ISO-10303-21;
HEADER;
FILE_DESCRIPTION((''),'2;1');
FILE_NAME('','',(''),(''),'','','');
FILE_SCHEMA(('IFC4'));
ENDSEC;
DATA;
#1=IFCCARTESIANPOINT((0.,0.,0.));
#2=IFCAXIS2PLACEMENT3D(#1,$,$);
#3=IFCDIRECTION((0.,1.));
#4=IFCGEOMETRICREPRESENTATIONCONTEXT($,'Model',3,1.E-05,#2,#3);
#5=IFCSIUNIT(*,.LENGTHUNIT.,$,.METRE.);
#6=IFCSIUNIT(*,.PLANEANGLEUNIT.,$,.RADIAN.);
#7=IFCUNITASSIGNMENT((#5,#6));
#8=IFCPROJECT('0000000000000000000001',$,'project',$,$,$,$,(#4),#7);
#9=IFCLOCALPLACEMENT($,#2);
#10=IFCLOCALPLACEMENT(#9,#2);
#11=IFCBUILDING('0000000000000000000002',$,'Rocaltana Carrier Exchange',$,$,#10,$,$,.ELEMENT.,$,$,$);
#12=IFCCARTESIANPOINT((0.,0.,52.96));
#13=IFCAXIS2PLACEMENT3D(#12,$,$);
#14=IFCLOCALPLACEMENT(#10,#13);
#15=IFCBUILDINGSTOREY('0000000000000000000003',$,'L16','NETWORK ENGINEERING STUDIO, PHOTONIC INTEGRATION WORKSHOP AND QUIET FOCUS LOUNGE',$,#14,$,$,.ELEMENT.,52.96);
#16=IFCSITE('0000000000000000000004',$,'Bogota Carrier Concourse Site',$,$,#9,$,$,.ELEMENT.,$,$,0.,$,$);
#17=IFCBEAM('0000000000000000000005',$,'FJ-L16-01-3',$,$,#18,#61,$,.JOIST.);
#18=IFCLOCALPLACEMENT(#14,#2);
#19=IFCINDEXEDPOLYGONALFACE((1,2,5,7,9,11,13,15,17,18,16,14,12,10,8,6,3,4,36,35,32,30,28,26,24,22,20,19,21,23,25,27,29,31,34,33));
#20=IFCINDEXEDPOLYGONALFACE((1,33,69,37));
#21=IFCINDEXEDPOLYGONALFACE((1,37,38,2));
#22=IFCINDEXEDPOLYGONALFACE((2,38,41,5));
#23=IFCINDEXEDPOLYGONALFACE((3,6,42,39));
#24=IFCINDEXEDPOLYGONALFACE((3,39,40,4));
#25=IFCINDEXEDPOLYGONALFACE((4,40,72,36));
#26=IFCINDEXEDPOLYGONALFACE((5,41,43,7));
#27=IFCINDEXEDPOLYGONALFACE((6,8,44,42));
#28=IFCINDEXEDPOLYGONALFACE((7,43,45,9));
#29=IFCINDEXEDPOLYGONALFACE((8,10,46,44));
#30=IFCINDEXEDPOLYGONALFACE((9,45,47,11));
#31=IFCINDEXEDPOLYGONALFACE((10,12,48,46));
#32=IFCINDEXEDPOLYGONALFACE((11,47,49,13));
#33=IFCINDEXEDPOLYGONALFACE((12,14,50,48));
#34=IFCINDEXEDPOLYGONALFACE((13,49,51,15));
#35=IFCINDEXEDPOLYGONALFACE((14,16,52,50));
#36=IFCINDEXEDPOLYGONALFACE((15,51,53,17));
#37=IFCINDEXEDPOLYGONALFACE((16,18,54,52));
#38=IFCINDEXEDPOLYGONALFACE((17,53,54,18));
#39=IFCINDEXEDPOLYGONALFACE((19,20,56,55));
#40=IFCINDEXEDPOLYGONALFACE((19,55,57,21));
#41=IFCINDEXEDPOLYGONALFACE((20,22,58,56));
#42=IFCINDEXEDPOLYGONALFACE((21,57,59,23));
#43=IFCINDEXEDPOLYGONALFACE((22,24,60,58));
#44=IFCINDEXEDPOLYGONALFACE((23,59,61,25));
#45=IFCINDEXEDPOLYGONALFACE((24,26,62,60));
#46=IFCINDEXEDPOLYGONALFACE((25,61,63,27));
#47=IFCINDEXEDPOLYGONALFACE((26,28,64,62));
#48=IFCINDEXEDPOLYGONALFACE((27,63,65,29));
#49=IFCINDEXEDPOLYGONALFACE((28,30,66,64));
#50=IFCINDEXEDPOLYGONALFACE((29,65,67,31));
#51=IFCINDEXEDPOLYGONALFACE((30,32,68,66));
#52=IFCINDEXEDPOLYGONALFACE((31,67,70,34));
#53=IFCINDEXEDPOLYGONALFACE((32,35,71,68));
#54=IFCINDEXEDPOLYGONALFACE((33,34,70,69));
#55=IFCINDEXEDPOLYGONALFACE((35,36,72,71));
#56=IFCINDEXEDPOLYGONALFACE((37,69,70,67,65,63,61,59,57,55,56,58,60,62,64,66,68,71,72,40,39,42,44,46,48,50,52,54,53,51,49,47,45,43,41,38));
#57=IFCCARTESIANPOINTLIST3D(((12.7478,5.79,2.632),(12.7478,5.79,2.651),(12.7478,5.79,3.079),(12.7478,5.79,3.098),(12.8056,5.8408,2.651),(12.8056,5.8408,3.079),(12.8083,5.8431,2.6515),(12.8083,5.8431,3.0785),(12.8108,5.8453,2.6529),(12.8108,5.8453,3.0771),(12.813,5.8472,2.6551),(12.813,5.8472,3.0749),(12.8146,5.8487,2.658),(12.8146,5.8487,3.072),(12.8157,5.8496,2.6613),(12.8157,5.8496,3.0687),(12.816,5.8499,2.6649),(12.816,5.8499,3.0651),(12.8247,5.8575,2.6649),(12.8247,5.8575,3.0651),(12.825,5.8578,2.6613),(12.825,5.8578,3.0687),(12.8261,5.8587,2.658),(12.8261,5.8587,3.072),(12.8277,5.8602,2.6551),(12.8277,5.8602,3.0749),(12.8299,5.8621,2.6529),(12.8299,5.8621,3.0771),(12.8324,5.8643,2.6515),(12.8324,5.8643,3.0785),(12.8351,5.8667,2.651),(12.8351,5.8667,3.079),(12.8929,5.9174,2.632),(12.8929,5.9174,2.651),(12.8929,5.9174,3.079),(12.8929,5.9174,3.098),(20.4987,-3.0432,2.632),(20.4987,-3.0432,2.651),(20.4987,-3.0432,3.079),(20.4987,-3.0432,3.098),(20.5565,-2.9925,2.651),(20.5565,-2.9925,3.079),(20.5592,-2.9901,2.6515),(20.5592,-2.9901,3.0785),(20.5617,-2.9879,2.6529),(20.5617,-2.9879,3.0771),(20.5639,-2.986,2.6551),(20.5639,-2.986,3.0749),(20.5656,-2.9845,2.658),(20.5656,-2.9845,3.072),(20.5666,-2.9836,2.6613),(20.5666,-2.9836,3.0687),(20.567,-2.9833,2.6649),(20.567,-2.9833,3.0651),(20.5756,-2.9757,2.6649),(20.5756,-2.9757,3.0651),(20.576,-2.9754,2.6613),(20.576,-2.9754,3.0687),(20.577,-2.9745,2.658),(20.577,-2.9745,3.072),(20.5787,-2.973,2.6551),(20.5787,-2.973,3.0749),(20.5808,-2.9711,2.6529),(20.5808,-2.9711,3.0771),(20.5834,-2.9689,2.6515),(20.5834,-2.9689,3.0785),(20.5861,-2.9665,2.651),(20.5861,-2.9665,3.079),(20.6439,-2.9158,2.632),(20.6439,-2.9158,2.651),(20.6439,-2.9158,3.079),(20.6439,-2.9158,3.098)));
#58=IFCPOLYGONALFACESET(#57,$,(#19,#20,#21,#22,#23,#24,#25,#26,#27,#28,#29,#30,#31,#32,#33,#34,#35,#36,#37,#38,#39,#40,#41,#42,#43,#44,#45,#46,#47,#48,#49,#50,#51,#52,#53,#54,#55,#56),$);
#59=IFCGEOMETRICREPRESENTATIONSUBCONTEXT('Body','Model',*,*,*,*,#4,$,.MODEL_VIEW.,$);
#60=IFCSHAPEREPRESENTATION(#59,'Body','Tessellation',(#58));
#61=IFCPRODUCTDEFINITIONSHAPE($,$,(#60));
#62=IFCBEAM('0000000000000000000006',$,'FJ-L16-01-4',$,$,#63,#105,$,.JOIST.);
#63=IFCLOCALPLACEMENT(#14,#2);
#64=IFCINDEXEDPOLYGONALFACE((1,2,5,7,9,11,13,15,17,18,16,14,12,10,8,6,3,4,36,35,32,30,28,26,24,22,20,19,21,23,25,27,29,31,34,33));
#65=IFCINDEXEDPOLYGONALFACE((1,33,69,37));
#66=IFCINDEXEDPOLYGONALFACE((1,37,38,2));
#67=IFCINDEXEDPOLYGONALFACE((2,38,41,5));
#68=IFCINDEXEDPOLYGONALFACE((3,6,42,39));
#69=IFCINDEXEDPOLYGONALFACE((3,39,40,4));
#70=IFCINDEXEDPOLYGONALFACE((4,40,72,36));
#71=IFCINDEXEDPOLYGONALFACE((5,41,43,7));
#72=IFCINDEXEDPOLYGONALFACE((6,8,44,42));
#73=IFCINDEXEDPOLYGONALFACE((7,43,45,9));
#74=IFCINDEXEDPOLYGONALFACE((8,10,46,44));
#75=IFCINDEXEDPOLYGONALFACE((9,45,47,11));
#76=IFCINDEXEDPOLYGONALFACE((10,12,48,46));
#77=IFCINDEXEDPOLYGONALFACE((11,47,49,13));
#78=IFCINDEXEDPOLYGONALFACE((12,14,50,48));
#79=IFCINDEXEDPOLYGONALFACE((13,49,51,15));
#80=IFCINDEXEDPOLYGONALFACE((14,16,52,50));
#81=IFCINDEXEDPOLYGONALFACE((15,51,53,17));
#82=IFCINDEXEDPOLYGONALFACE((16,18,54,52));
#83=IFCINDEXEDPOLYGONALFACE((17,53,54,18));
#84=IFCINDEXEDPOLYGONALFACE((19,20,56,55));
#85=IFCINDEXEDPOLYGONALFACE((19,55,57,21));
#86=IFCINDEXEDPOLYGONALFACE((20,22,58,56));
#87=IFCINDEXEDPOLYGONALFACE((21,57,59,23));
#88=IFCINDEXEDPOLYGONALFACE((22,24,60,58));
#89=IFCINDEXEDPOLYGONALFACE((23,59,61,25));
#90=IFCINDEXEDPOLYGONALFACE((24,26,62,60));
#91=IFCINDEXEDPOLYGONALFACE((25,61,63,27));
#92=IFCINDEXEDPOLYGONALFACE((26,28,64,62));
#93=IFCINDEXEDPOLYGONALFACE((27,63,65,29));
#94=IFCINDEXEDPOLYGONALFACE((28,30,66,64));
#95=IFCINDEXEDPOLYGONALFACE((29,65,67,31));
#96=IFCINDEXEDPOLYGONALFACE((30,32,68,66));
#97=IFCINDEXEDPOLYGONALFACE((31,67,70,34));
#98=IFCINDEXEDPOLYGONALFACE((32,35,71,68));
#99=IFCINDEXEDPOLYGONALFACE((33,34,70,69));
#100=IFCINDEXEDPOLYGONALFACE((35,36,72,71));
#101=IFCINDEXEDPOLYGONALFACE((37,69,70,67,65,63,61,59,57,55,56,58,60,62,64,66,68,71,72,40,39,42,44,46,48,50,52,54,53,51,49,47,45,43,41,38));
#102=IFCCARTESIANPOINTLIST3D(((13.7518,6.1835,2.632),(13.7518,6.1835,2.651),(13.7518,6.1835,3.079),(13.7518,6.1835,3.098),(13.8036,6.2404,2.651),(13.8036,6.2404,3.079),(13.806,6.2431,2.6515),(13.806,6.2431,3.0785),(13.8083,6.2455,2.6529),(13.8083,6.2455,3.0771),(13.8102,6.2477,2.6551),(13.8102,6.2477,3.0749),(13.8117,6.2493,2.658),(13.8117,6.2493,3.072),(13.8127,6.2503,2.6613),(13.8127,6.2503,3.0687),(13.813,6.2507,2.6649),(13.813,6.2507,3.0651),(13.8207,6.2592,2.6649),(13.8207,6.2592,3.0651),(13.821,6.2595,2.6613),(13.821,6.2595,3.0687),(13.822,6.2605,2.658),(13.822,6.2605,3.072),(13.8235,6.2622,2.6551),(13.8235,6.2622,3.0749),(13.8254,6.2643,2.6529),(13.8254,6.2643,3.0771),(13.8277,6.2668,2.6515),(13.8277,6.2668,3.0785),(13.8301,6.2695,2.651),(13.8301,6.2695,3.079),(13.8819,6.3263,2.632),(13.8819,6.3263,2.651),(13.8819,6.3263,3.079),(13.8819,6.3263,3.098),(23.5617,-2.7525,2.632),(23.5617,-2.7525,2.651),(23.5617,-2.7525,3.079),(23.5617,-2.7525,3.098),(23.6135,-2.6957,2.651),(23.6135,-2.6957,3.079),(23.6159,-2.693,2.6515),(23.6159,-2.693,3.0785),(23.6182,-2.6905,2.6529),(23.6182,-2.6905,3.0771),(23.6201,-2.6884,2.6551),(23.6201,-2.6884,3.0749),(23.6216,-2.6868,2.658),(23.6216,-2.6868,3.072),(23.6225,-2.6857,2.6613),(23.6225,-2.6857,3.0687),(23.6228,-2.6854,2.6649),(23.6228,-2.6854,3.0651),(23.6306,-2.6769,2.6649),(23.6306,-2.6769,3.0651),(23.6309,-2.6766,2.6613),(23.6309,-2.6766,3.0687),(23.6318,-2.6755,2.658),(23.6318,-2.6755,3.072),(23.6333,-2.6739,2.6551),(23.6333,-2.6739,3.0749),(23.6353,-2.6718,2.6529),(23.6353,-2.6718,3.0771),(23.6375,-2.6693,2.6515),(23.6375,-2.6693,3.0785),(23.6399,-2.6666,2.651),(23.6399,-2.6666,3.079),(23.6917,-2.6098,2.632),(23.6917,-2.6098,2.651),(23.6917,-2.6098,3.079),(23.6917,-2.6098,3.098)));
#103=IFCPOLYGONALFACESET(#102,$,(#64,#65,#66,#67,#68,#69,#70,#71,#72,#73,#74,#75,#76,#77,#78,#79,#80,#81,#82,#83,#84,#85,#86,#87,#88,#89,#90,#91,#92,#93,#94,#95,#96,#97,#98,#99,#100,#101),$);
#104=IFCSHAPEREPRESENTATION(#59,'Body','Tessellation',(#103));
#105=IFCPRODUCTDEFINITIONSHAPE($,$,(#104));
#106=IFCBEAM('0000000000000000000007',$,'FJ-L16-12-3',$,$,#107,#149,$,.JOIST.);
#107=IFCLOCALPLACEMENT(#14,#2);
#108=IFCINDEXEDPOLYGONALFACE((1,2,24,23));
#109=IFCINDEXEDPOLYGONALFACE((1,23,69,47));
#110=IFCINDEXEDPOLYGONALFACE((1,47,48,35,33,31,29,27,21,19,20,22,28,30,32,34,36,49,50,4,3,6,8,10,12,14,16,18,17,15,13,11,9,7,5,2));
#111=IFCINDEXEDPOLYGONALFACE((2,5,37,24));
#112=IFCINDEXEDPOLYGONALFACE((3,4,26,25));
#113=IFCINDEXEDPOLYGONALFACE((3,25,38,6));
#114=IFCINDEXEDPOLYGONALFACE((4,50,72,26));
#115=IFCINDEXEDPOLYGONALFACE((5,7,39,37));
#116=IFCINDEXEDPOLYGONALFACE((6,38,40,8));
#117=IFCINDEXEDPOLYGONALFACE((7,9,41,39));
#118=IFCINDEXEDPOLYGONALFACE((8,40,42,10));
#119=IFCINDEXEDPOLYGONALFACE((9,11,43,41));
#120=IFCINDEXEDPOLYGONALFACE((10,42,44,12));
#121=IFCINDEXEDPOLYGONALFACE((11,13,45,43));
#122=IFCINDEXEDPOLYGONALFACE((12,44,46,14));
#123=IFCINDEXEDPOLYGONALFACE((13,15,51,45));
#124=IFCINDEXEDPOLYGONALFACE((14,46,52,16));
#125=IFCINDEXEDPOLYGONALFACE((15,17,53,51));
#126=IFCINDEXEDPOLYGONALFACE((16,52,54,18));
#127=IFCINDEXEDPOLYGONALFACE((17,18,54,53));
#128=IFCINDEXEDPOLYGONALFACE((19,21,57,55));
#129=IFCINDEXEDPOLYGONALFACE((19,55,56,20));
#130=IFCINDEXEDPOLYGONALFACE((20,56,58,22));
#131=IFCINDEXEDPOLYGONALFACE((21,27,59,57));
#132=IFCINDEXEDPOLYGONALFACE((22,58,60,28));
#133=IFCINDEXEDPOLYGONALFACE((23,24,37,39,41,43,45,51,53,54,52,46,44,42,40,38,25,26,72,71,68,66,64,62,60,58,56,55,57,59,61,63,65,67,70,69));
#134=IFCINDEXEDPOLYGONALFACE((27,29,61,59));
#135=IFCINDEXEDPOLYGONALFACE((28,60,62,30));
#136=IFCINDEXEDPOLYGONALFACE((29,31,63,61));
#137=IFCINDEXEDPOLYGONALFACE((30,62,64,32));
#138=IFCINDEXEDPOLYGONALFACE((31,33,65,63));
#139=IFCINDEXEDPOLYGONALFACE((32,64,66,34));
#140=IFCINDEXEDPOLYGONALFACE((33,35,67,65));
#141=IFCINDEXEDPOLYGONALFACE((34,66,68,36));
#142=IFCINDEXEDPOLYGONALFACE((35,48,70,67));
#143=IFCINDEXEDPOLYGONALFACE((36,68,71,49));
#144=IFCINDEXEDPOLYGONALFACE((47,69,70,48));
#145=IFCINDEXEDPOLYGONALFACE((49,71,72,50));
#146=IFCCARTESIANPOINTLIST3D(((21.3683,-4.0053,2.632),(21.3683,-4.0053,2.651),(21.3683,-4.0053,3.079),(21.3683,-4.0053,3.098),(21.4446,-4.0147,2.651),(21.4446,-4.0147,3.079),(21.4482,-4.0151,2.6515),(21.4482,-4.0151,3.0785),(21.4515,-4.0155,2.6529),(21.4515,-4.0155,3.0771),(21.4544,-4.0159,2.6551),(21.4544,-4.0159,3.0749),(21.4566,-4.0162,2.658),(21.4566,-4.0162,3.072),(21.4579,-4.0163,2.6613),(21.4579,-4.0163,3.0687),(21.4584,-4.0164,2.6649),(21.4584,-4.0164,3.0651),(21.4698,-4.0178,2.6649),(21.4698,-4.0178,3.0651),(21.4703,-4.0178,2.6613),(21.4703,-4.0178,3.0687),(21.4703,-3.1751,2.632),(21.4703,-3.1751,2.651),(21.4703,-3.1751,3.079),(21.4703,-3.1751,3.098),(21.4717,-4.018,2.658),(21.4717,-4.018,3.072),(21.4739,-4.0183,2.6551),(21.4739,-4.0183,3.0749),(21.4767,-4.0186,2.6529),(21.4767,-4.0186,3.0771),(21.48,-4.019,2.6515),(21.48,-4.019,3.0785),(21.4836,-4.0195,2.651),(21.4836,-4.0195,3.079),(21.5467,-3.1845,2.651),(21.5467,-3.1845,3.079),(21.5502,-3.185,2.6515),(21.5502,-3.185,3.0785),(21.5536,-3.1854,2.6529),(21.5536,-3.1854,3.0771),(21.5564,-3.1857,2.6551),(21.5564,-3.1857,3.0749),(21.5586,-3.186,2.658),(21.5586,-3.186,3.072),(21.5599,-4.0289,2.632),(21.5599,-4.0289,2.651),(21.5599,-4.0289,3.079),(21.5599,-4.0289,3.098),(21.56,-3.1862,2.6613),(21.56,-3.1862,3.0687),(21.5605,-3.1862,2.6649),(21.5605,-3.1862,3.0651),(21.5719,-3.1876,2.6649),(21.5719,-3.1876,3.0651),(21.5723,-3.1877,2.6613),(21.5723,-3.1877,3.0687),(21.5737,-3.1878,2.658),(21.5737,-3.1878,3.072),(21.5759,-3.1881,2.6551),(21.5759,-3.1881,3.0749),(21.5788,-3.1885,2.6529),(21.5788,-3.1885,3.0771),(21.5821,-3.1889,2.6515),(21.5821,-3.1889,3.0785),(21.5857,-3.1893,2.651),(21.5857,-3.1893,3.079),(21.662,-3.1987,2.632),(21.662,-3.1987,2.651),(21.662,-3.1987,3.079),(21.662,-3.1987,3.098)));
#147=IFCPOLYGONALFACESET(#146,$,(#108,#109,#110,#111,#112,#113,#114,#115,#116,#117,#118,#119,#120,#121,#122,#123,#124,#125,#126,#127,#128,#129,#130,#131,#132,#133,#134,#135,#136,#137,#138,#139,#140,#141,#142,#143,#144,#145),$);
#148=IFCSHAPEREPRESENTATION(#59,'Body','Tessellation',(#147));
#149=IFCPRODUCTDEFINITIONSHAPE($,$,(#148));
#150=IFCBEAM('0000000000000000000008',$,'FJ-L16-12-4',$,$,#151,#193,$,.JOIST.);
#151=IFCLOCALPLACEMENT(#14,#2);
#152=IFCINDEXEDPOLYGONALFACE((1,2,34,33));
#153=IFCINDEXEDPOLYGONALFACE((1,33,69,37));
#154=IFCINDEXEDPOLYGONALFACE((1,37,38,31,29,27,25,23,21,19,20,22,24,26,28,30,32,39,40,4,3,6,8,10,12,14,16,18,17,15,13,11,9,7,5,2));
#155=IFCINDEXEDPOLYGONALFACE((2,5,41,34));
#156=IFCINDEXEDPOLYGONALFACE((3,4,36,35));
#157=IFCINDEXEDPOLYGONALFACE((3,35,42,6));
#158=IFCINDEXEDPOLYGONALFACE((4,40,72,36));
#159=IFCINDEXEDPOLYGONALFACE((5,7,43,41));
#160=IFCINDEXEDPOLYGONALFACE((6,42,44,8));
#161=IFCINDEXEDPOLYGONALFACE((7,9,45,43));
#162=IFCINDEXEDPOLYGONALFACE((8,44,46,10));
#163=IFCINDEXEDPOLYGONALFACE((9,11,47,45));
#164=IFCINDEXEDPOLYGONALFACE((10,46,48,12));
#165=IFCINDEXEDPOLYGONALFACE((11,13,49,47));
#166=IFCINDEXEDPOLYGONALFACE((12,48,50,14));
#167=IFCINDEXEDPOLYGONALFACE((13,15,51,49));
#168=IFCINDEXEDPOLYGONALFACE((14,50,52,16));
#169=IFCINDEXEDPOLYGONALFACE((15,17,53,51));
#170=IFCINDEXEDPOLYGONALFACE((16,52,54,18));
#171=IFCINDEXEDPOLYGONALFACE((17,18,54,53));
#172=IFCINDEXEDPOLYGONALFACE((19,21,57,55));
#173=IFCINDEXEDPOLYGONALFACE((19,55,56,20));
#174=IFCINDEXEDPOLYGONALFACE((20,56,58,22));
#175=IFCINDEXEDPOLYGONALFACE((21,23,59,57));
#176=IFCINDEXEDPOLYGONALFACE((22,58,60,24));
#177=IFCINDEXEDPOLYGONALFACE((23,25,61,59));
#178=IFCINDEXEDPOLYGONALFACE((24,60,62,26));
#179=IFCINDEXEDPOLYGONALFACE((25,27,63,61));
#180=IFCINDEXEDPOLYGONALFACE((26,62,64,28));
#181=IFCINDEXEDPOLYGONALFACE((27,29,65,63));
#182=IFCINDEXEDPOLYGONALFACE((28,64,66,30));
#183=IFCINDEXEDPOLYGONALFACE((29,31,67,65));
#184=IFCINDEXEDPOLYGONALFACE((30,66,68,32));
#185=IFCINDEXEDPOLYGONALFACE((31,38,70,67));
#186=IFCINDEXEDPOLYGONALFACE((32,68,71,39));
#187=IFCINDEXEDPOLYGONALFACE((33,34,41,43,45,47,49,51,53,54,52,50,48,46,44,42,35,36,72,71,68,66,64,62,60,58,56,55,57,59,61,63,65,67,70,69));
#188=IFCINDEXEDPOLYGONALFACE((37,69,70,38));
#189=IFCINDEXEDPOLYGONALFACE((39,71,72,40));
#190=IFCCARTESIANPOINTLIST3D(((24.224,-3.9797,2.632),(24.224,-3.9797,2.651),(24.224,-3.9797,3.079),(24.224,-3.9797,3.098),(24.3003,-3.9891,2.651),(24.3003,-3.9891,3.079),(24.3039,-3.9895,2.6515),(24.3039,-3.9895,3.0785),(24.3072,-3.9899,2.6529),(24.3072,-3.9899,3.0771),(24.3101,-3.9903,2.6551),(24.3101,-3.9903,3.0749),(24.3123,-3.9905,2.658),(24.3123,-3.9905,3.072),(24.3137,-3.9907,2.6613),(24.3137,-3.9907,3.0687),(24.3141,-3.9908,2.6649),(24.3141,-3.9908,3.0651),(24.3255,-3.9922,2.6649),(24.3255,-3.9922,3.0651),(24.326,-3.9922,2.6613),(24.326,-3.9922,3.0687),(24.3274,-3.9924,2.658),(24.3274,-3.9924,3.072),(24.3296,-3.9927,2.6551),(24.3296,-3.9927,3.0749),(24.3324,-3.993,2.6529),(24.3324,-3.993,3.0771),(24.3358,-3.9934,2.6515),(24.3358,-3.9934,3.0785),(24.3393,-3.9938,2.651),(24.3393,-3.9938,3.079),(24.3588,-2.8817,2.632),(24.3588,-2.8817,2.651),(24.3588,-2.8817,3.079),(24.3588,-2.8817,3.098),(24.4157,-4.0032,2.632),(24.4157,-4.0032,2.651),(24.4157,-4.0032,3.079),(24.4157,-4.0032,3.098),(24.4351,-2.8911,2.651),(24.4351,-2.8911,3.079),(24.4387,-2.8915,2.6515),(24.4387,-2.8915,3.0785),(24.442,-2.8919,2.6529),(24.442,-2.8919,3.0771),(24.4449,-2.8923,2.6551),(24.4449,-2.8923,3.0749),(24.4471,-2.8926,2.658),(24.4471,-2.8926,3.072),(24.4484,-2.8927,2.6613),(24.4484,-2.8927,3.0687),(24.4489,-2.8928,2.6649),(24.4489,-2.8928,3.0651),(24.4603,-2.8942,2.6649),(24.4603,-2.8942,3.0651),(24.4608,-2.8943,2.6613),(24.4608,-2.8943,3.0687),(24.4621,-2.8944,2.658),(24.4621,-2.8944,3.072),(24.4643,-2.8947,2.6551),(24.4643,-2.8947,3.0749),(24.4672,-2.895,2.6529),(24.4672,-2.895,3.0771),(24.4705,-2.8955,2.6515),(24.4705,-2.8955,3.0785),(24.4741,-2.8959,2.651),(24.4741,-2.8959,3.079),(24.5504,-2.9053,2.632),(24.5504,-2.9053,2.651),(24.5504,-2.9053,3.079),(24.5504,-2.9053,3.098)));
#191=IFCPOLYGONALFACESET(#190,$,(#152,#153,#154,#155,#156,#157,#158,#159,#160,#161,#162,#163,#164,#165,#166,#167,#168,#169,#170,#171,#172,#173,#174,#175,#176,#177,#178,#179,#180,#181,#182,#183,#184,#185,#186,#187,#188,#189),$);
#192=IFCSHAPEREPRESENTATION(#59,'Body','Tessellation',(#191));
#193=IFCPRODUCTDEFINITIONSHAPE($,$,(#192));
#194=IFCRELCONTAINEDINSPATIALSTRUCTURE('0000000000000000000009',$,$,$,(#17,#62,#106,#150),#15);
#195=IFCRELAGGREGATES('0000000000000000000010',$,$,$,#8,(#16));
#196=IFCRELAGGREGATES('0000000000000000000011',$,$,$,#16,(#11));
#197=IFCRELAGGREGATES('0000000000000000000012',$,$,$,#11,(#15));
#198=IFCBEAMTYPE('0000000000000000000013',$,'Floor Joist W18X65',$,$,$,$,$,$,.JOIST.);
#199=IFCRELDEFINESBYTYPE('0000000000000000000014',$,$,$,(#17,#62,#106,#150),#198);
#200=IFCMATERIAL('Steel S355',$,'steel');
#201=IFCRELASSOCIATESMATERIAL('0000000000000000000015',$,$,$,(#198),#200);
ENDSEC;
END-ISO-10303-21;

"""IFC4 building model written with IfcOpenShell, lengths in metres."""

from ifc_helpers import new_model, si_unit, direction, frame, origin, origin_2d, place, context, subcontext, project, spatial, i_section, extrude, material, material_profile, profile_set, type_object, element, save


model = new_model("IFC4")

# Units and contexts
model_context = context("Model", 3, precision=1e-05, world=origin(), true_north=direction((0.0, 1.0)))
body_context = subcontext(model_context, "Body", "Model", "MODEL_VIEW")
ifc_project = project(units=[si_unit("LENGTHUNIT", "METRE"), si_unit("PLANEANGLEUNIT", "RADIAN")], contexts=[model_context])

# Site, building, storey
site_placement = place(None, origin())
site = spatial("IfcSite", under=ifc_project, at=site_placement, Name="Bogota Carrier Concourse Site", CompositionType="ELEMENT", RefElevation=0.0)
building_placement = place(site_placement, origin())
building = spatial("IfcBuilding", under=site, at=building_placement, Name="Rocaltana Carrier Exchange", CompositionType="ELEMENT")
storey_placement = place(building_placement, frame((0.0, 0.0, 52.96)))
storey = spatial("IfcBuildingStorey", under=building, at=storey_placement, Name="L16", Description="NETWORK ENGINEERING STUDIO, PHOTONIC INTEGRATION WORKSHOP AND QUIET FOCUS LOUNGE", CompositionType="ELEMENT", Elevation=52.96)

# Beams
ifc_material_1 = material(Name="Steel S355", Category="steel")
ifc_material_profile_1 = material_profile(ifc_material_1, i_section(OverallWidth=0.1931, OverallDepth=0.4661, WebThickness=0.0115, FlangeThickness=0.019, FilletRadius=0.0139, at=origin_2d()), Name="W18X65")
ifc_profile_set_1 = profile_set([ifc_material_profile_1], Name="Steel S355")
beam_type_1 = type_object("IfcBeamType", Name="Floor Joist W18X65", PredefinedType="JOIST", material=ifc_profile_set_1)
beam_1_placement = place(storey_placement, frame((20.5713, -2.9795, 2.865), z_axis=(-0.659559, 0.751653, 0.0), x_axis=(-0.751653, -0.659559, 0.0)))
element("IfcBeam", 1, at=beam_1_placement, inside=storey, type_object=beam_type_1, Name="FJ-L16-01-3", PredefinedType="JOIST", context=body_context, shape_type="SweptSolid", body=[
    extrude(i_section(OverallWidth=0.1931, OverallDepth=0.4661, WebThickness=0.0115, FlangeThickness=0.019, FilletRadius=0.0139, at=origin_2d()), origin(), (0.0, 0.0, 1.0), 11.7517),
])
beam_2_placement = place(storey_placement, frame((23.6267, -2.6812, 2.865), z_axis=(-0.739264, 0.673416, 0.0), x_axis=(-0.673416, -0.739264, 0.0)))
element("IfcBeam", 2, at=beam_2_placement, inside=storey, type_object=beam_type_1, Name="FJ-L16-01-4", PredefinedType="JOIST", context=body_context, shape_type="SweptSolid", body=[
    extrude(i_section(OverallWidth=0.1931, OverallDepth=0.4661, WebThickness=0.0115, FlangeThickness=0.019, FilletRadius=0.0139, at=origin_2d()), origin(), (0.0, 0.0, 1.0), 13.2698),
])
beam_3_placement = place(storey_placement, frame((21.4641, -4.0171, 2.865), z_axis=(0.122022, 0.992527, 0.0), x_axis=(-0.992527, 0.122022, 0.0)))
element("IfcBeam", 3, at=beam_3_placement, inside=storey, type_object=beam_type_1, Name="FJ-L16-12-3", PredefinedType="JOIST", context=body_context, shape_type="SweptSolid", body=[
    extrude(i_section(OverallWidth=0.1931, OverallDepth=0.4661, WebThickness=0.0115, FlangeThickness=0.019, FilletRadius=0.0139, at=origin_2d()), origin(), (0.0, 0.0, 1.0), 0.8364),
])
beam_4_placement = place(storey_placement, frame((24.3198, -3.9915, 2.865), z_axis=(0.121834, 0.99255, 0.0), x_axis=(-0.99255, 0.121834, 0.0)))
element("IfcBeam", 4, at=beam_4_placement, inside=storey, type_object=beam_type_1, Name="FJ-L16-12-4", PredefinedType="JOIST", context=body_context, shape_type="SweptSolid", body=[
    extrude(i_section(OverallWidth=0.1931, OverallDepth=0.4661, WebThickness=0.0115, FlangeThickness=0.019, FilletRadius=0.0139, at=origin_2d()), origin(), (0.0, 0.0, 1.0), 1.1062),
])

save(model, "model.ifc")
